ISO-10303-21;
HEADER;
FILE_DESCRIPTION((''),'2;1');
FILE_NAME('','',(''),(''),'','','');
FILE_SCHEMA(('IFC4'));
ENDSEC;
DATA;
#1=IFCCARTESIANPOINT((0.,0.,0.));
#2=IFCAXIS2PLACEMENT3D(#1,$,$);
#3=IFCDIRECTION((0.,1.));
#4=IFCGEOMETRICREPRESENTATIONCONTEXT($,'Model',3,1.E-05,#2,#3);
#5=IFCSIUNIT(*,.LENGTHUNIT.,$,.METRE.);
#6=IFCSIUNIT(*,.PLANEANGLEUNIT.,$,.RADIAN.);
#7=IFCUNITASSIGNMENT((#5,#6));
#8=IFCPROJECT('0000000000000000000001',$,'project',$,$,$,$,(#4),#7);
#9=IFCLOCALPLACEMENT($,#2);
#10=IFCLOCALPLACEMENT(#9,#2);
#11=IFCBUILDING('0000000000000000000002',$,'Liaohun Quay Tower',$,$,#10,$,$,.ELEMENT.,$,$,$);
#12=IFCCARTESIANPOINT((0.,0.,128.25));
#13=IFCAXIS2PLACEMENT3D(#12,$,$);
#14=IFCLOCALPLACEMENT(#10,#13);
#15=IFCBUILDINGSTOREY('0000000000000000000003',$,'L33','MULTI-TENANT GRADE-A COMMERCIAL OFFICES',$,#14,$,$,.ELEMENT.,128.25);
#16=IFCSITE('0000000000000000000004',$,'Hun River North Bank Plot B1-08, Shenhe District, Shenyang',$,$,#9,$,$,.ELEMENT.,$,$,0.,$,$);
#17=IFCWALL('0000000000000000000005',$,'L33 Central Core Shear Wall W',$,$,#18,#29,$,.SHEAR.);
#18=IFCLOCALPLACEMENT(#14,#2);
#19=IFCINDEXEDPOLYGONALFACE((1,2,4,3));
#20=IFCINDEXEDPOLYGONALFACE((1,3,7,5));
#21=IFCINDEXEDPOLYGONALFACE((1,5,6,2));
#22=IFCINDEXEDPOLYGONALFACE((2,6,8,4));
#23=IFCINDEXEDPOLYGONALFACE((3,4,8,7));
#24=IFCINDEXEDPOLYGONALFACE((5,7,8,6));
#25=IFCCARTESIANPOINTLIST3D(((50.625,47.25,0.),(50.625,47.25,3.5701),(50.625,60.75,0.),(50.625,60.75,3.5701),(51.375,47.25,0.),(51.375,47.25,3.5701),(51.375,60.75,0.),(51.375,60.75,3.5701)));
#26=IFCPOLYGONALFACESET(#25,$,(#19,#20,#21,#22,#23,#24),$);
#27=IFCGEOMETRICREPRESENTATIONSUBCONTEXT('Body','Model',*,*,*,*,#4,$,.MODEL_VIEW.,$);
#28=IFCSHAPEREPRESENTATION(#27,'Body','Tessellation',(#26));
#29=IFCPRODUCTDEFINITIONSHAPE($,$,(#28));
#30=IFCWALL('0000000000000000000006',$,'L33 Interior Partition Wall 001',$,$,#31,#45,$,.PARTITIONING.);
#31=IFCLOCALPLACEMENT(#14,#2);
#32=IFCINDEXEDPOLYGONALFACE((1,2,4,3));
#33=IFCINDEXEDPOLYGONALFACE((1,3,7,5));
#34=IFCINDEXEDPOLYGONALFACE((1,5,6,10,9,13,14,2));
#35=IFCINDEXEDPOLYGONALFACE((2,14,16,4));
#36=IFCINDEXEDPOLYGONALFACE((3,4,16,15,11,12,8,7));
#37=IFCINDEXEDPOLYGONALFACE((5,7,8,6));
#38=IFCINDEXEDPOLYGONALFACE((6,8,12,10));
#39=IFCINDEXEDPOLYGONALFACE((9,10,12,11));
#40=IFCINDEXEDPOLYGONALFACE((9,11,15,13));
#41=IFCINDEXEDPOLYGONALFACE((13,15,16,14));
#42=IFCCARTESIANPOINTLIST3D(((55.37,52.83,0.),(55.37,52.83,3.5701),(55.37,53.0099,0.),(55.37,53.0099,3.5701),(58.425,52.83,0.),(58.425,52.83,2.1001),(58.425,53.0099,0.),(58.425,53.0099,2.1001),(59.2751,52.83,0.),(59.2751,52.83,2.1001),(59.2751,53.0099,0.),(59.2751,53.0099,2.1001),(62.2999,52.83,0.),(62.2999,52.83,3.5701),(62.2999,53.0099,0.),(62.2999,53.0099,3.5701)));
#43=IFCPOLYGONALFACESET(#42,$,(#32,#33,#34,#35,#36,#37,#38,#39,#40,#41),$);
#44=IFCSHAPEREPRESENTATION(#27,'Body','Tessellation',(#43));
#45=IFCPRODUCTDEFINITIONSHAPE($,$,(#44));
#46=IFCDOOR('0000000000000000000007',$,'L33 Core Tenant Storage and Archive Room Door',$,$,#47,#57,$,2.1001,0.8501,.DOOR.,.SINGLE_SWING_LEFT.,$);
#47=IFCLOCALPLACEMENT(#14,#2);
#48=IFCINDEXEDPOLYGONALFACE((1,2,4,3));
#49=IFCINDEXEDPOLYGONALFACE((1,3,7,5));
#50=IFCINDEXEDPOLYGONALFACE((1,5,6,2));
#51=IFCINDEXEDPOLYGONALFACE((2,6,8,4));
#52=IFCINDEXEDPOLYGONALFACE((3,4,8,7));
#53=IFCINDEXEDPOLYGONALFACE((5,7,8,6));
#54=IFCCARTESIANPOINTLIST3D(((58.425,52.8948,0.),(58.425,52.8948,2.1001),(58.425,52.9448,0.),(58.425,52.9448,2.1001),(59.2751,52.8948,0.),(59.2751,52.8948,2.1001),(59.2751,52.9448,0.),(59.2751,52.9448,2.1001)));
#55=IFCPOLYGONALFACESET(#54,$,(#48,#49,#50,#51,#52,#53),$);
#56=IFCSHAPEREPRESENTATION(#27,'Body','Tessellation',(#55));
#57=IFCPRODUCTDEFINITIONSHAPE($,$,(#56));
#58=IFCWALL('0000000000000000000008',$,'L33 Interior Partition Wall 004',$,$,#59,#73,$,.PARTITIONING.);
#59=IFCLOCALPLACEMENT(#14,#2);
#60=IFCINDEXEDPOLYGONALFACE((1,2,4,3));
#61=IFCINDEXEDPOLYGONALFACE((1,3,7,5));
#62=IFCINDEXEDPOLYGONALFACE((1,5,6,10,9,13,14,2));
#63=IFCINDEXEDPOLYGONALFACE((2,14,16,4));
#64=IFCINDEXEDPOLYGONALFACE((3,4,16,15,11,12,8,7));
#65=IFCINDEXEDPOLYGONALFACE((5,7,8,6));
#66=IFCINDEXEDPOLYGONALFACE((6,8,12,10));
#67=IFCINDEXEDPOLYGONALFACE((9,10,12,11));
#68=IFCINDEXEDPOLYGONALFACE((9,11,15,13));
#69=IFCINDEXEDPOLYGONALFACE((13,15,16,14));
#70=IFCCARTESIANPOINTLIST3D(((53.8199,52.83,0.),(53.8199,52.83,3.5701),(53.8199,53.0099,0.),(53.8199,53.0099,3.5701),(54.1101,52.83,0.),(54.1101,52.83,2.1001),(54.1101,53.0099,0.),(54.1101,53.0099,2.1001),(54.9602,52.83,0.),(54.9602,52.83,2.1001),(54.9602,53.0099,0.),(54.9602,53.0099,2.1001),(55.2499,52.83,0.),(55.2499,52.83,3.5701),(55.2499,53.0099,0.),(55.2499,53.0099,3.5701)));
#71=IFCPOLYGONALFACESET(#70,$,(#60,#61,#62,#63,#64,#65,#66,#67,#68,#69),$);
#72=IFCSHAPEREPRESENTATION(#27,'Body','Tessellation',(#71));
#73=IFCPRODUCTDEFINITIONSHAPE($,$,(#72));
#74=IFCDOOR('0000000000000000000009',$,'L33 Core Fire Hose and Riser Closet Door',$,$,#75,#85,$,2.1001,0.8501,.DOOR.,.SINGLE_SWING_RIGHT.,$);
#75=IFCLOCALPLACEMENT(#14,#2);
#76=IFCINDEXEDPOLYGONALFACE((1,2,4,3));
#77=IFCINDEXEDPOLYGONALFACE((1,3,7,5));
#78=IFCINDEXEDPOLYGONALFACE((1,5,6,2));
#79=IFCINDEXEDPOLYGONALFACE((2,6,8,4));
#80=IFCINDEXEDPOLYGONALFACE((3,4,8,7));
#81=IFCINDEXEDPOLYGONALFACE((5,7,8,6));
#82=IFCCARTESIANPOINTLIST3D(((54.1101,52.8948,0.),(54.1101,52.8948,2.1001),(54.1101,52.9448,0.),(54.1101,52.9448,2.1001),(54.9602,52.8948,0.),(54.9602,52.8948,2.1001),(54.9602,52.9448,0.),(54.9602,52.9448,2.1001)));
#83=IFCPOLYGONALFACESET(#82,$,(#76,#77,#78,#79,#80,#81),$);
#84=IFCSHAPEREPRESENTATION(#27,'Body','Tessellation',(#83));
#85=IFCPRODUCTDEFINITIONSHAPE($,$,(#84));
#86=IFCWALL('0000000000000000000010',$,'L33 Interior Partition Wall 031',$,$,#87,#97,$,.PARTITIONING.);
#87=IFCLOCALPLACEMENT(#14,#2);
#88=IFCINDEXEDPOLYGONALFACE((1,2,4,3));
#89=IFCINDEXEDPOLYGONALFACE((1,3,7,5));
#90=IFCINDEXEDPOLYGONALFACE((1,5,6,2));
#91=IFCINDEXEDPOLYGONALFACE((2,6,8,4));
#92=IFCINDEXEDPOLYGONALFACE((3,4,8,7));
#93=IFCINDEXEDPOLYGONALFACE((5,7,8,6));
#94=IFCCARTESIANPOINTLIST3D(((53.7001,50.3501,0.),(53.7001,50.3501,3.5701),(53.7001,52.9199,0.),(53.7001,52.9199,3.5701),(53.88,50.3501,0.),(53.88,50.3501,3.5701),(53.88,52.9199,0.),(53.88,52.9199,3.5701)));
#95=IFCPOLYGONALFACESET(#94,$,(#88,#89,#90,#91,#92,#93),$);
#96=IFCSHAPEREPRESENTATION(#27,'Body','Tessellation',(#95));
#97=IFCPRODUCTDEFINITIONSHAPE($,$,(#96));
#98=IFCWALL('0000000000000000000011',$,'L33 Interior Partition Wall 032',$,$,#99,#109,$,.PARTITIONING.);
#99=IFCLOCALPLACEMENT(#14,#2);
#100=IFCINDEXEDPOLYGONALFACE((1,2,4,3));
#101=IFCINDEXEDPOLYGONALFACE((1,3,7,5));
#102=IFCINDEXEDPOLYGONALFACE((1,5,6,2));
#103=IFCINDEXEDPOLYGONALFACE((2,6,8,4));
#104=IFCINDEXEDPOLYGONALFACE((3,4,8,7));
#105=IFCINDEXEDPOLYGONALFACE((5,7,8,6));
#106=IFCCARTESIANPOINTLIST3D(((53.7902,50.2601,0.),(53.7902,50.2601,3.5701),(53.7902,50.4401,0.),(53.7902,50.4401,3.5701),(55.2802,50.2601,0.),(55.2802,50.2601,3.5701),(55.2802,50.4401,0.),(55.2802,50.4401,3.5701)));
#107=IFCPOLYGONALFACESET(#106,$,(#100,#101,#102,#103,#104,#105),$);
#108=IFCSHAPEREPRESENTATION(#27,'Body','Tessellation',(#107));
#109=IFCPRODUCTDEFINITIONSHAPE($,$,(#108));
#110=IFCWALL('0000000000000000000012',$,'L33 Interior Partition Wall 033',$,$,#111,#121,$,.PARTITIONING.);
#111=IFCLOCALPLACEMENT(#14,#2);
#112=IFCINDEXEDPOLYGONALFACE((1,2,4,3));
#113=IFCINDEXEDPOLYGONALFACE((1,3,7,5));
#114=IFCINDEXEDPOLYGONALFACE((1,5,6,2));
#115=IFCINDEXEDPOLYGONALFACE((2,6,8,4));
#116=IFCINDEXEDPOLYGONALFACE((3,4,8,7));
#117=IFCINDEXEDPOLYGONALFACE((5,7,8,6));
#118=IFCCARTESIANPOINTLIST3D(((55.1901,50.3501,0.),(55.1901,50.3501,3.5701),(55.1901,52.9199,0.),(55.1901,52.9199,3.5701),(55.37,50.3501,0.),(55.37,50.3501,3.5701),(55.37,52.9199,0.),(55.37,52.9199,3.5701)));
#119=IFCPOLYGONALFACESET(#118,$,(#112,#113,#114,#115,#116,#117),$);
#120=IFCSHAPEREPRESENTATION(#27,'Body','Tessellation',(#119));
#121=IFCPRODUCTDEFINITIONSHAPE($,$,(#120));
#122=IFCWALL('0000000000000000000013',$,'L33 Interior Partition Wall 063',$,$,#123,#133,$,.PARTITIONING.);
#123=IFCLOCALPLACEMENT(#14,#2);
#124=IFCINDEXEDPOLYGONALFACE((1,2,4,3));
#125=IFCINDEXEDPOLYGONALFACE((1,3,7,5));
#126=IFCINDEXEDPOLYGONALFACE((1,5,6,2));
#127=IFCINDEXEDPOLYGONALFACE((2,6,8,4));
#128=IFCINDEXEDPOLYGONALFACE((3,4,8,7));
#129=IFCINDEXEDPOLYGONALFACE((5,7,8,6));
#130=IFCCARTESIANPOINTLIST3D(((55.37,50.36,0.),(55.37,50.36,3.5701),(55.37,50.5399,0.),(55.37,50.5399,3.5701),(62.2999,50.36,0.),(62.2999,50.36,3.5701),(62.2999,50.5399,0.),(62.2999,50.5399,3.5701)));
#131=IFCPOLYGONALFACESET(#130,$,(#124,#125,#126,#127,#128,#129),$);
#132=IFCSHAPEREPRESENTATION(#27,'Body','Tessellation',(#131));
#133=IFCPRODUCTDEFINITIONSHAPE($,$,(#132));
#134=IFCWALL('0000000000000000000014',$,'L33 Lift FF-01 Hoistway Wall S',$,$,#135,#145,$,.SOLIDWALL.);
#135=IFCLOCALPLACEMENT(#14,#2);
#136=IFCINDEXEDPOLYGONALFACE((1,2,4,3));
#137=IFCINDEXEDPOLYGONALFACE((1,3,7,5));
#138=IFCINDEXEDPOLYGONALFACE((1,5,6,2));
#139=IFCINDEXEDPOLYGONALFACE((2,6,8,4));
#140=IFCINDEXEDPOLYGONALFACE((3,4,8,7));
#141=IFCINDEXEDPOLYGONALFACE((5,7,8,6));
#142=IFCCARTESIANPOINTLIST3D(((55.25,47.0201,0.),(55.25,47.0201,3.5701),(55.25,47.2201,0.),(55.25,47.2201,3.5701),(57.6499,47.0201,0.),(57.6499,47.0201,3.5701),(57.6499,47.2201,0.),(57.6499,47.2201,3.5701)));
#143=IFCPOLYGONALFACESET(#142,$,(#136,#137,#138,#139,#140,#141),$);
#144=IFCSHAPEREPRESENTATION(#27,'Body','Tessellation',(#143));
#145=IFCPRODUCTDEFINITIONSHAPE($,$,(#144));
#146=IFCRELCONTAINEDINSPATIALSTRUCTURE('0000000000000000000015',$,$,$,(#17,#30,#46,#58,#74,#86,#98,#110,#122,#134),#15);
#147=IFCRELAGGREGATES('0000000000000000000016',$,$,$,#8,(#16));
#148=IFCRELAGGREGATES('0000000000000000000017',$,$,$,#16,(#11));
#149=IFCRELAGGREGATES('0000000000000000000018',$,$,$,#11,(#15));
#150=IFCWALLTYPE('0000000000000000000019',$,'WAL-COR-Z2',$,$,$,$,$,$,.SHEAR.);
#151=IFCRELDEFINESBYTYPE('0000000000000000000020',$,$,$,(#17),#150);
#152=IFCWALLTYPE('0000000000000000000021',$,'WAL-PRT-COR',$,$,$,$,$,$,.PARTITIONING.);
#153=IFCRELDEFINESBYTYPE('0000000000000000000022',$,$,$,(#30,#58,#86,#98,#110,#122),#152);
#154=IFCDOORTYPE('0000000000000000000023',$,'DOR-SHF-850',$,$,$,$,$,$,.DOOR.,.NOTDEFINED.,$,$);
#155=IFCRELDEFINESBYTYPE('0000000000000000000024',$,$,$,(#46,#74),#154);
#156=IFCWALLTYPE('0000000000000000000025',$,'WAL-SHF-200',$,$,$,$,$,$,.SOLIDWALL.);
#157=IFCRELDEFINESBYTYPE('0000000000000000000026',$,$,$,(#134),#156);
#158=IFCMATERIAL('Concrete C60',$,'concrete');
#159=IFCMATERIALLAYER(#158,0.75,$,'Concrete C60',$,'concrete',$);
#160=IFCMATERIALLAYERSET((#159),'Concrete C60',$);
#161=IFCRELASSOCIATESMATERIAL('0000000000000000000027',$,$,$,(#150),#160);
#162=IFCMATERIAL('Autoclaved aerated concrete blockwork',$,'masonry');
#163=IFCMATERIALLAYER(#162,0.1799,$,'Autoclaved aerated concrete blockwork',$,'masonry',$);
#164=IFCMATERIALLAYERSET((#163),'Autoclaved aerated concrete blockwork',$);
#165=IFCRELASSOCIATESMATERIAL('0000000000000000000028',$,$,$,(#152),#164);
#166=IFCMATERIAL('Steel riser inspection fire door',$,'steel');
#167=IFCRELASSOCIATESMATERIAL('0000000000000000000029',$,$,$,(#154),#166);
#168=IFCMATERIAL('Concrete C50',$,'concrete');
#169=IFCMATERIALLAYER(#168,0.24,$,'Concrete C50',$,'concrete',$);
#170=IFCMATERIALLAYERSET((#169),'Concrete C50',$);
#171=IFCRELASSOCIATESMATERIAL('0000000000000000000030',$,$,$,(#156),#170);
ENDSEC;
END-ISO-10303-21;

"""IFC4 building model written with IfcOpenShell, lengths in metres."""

from ifc_helpers import new_model, si_unit, direction, frame, frame_2d, origin, place, context, subcontext, project, spatial, rectangle, extrude, source, transform, mapped, material, layer, layer_set, type_object, element, fill, save


model = new_model("IFC4")

# Units and contexts
model_context = context("Model", 3, precision=1e-05, world=origin(), true_north=direction((0.0, 1.0)))
body_context = subcontext(model_context, "Body", "Model", "MODEL_VIEW")
ifc_project = project(units=[si_unit("LENGTHUNIT", "METRE"), si_unit("PLANEANGLEUNIT", "RADIAN")], contexts=[model_context])

# Site, building, storey
site_placement = place(None, origin())
site = spatial("IfcSite", under=ifc_project, at=site_placement, Name="Hun River North Bank Plot B1-08, Shenhe District, Shenyang", CompositionType="ELEMENT", RefElevation=0.0)
building_placement = place(site_placement, origin())
building = spatial("IfcBuilding", under=site, at=building_placement, Name="Liaohun Quay Tower", CompositionType="ELEMENT")
storey_placement = place(building_placement, frame((0.0, 0.0, 128.25)))
storey = spatial("IfcBuildingStorey", under=building, at=storey_placement, Name="L33", Description="MULTI-TENANT GRADE-A COMMERCIAL OFFICES", CompositionType="ELEMENT", Elevation=128.25)

# Wall
ifc_material_1 = material(Name="Concrete C60", Category="concrete")
ifc_layer_1 = layer(ifc_material_1, 0.75, Name="Concrete C60", Category="concrete")
ifc_layer_set_1 = layer_set([ifc_layer_1], Name="Concrete C60")
wall_type_1 = type_object("IfcWallType", Name="WAL-COR-Z2", PredefinedType="SHEAR", material=ifc_layer_set_1)
wall_1_placement = place(storey_placement, frame((51.0, 47.25, 0.0), z_axis=(0.0, 0.0, 1.0), x_axis=(0.0, 1.0, 0.0)))
element("IfcWall", 1, at=wall_1_placement, inside=storey, type_object=wall_type_1, Name="L33 Central Core Shear Wall W", PredefinedType="SHEAR", context=body_context, shape_type="SweptSolid", body=[
    extrude(rectangle(XDim=13.5, YDim=0.75, at=frame_2d((6.75, 0.0))), origin(), (0.0, 0.0, 1.0), 3.5701),
])

# Walls, openings, doors
ifc_material_2 = material(Name="Autoclaved aerated concrete blockwork", Category="masonry")
ifc_layer_2 = layer(ifc_material_2, 0.1799, Name="Autoclaved aerated concrete blockwork", Category="masonry")
ifc_layer_set_2 = layer_set([ifc_layer_2], Name="Autoclaved aerated concrete blockwork")
wall_type_2 = type_object("IfcWallType", Name="WAL-PRT-COR", PredefinedType="PARTITIONING", material=ifc_layer_set_2)
wall_2_placement = place(storey_placement, frame((55.3701, 52.9199, 0.0), z_axis=(0.0, 0.0, 1.0), x_axis=(1.0, 0.0, 0.0)))
wall_2 = element("IfcWall", 2, at=wall_2_placement, inside=storey, type_object=wall_type_2, Name="L33 Interior Partition Wall 001", PredefinedType="PARTITIONING", context=body_context, shape_type="SweptSolid", body=[
    extrude(rectangle(XDim=6.9299, YDim=0.1799, at=frame_2d((3.4648, 0.0))), origin(), (0.0, 0.0, 1.0), 3.5701),
])
shared_shape_1 = source(origin(), body_context, "Body", "SweptSolid", [
    extrude(rectangle(XDim=0.8501, YDim=2.1001, at=frame_2d((0.425, 1.05))), frame((0.0, 0.0999, 0.0), z_axis=(0.0, -1.0, 0.0), x_axis=(1.0, 0.0, 0.0)), (0.0, 0.0, 1.0), 0.2),
])
opening_1_placement = place(wall_2_placement, frame((3.0549, 0.0, 0.0)))
opening_1 = element("IfcOpeningElement", 3, at=opening_1_placement, cuts=wall_2, PredefinedType="OPENING", context=body_context, shape_type="MappedRepresentation", body=[
    mapped(shared_shape_1, transform((0.0, 0.0, 0.0), x_axis=(1.0, 0.0, 0.0), y_axis=(0.0, 1.0, 0.0), z_axis=(0.0, 0.0, 1.0), scale=1.0)),
])
ifc_material_3 = material(Name="Steel riser inspection fire door", Category="steel")
door_type_1 = type_object("IfcDoorType", Name="DOR-SHF-850", OperationType="NOTDEFINED", PredefinedType="DOOR", material=ifc_material_3)
shared_shape_2 = source(origin(), body_context, "Body", "SweptSolid", [
    extrude(rectangle(XDim=0.8501, YDim=2.1001, at=frame_2d((0.425, 1.05))), frame((0.0, 0.0249, 0.0), z_axis=(0.0, -1.0, 0.0), x_axis=(1.0, 0.0, 0.0)), (0.0, 0.0, 1.0), 0.05),
])
door_1_placement = place(opening_1_placement, origin())
door_1 = element("IfcDoor", 4, at=door_1_placement, inside=storey, type_object=door_type_1, Name="L33 Core Tenant Storage and Archive Room Door", OperationType="SINGLE_SWING_LEFT", OverallHeight=2.1001, OverallWidth=0.8501, PredefinedType="DOOR", context=body_context, shape_type="MappedRepresentation", body=[
    mapped(shared_shape_2, transform((0.0, 0.0, 0.0), x_axis=(1.0, 0.0, 0.0), y_axis=(0.0, 1.0, 0.0), z_axis=(0.0, 0.0, 1.0), scale=1.0)),
])
fill(opening_1, door_1)
wall_3_placement = place(storey_placement, frame((53.8201, 52.9199, 0.0), z_axis=(0.0, 0.0, 1.0), x_axis=(1.0, 0.0, 0.0)))
wall_3 = element("IfcWall", 5, at=wall_3_placement, inside=storey, type_object=wall_type_2, Name="L33 Interior Partition Wall 004", PredefinedType="PARTITIONING", context=body_context, shape_type="SweptSolid", body=[
    extrude(rectangle(XDim=1.4299, YDim=0.1799, at=frame_2d((0.7148, 0.0))), origin(), (0.0, 0.0, 1.0), 3.5701),
])
opening_2_placement = place(wall_3_placement, frame((0.29, 0.0, 0.0)))
opening_2 = element("IfcOpeningElement", 6, at=opening_2_placement, cuts=wall_3, PredefinedType="OPENING", context=body_context, shape_type="MappedRepresentation", body=[
    mapped(shared_shape_1, transform((0.0, 0.0, 0.0), x_axis=(1.0, 0.0, 0.0), y_axis=(0.0, 1.0, 0.0), z_axis=(0.0, 0.0, 1.0), scale=1.0)),
])
door_2_placement = place(opening_2_placement, origin())
door_2 = element("IfcDoor", 7, at=door_2_placement, inside=storey, type_object=door_type_1, Name="L33 Core Fire Hose and Riser Closet Door", OperationType="SINGLE_SWING_RIGHT", OverallHeight=2.1001, OverallWidth=0.8501, PredefinedType="DOOR", context=body_context, shape_type="MappedRepresentation", body=[
    mapped(shared_shape_2, transform((0.0, 0.0, 0.0), x_axis=(1.0, 0.0, 0.0), y_axis=(0.0, 1.0, 0.0), z_axis=(0.0, 0.0, 1.0), scale=1.0)),
])
fill(opening_2, door_2)

# Walls
wall_4_placement = place(storey_placement, frame((53.79, 50.3501, 0.0), z_axis=(0.0, 0.0, 1.0), x_axis=(0.0, 1.0, 0.0)))
element("IfcWall", 8, at=wall_4_placement, inside=storey, type_object=wall_type_2, Name="L33 Interior Partition Wall 031", PredefinedType="PARTITIONING", context=body_context, shape_type="SweptSolid", body=[
    extrude(rectangle(XDim=2.5698, YDim=0.1799, at=frame_2d((1.2849, 0.0))), origin(), (0.0, 0.0, 1.0), 3.5701),
])
wall_5_placement = place(storey_placement, frame((53.79, 50.3501, 0.0), z_axis=(0.0, 0.0, 1.0), x_axis=(1.0, 0.0, 0.0)))
element("IfcWall", 9, at=wall_5_placement, inside=storey, type_object=wall_type_2, Name="L33 Interior Partition Wall 032", PredefinedType="PARTITIONING", context=body_context, shape_type="SweptSolid", body=[
    extrude(rectangle(XDim=1.49, YDim=0.1799, at=frame_2d((0.7451, 0.0))), origin(), (0.0, 0.0, 1.0), 3.5701),
])
wall_6_placement = place(storey_placement, frame((55.28, 50.3501, 0.0), z_axis=(0.0, 0.0, 1.0), x_axis=(0.0, 1.0, 0.0)))
element("IfcWall", 10, at=wall_6_placement, inside=storey, type_object=wall_type_2, Name="L33 Interior Partition Wall 033", PredefinedType="PARTITIONING", context=body_context, shape_type="SweptSolid", body=[
    extrude(rectangle(XDim=2.5698, YDim=0.1799, at=frame_2d((1.2849, 0.0))), origin(), (0.0, 0.0, 1.0), 3.5701),
])
wall_7_placement = place(storey_placement, frame((55.3701, 50.45, 0.0), z_axis=(0.0, 0.0, 1.0), x_axis=(1.0, 0.0, 0.0)))
element("IfcWall", 11, at=wall_7_placement, inside=storey, type_object=wall_type_2, Name="L33 Interior Partition Wall 063", PredefinedType="PARTITIONING", context=body_context, shape_type="SweptSolid", body=[
    extrude(rectangle(XDim=6.9299, YDim=0.1799, at=frame_2d((3.4648, 0.0))), origin(), (0.0, 0.0, 1.0), 3.5701),
])
ifc_material_4 = material(Name="Concrete C50", Category="concrete")
ifc_layer_3 = layer(ifc_material_4, 0.24, Name="Concrete C50", Category="concrete")
ifc_layer_set_3 = layer_set([ifc_layer_3], Name="Concrete C50")
wall_type_3 = type_object("IfcWallType", Name="WAL-SHF-200", PredefinedType="SOLIDWALL", material=ifc_layer_set_3)
wall_8_placement = place(storey_placement, frame((55.25, 47.1201, 0.0), z_axis=(0.0, 0.0, 1.0), x_axis=(1.0, 0.0, 0.0)))
element("IfcWall", 12, at=wall_8_placement, inside=storey, type_object=wall_type_3, Name="L33 Lift FF-01 Hoistway Wall S", PredefinedType="SOLIDWALL", context=body_context, shape_type="SweptSolid", body=[
    extrude(rectangle(XDim=2.3999, YDim=0.2, at=frame_2d((1.2, 0.0))), origin(), (0.0, 0.0, 1.0), 3.5701),
])

save(model, "model.ifc")
